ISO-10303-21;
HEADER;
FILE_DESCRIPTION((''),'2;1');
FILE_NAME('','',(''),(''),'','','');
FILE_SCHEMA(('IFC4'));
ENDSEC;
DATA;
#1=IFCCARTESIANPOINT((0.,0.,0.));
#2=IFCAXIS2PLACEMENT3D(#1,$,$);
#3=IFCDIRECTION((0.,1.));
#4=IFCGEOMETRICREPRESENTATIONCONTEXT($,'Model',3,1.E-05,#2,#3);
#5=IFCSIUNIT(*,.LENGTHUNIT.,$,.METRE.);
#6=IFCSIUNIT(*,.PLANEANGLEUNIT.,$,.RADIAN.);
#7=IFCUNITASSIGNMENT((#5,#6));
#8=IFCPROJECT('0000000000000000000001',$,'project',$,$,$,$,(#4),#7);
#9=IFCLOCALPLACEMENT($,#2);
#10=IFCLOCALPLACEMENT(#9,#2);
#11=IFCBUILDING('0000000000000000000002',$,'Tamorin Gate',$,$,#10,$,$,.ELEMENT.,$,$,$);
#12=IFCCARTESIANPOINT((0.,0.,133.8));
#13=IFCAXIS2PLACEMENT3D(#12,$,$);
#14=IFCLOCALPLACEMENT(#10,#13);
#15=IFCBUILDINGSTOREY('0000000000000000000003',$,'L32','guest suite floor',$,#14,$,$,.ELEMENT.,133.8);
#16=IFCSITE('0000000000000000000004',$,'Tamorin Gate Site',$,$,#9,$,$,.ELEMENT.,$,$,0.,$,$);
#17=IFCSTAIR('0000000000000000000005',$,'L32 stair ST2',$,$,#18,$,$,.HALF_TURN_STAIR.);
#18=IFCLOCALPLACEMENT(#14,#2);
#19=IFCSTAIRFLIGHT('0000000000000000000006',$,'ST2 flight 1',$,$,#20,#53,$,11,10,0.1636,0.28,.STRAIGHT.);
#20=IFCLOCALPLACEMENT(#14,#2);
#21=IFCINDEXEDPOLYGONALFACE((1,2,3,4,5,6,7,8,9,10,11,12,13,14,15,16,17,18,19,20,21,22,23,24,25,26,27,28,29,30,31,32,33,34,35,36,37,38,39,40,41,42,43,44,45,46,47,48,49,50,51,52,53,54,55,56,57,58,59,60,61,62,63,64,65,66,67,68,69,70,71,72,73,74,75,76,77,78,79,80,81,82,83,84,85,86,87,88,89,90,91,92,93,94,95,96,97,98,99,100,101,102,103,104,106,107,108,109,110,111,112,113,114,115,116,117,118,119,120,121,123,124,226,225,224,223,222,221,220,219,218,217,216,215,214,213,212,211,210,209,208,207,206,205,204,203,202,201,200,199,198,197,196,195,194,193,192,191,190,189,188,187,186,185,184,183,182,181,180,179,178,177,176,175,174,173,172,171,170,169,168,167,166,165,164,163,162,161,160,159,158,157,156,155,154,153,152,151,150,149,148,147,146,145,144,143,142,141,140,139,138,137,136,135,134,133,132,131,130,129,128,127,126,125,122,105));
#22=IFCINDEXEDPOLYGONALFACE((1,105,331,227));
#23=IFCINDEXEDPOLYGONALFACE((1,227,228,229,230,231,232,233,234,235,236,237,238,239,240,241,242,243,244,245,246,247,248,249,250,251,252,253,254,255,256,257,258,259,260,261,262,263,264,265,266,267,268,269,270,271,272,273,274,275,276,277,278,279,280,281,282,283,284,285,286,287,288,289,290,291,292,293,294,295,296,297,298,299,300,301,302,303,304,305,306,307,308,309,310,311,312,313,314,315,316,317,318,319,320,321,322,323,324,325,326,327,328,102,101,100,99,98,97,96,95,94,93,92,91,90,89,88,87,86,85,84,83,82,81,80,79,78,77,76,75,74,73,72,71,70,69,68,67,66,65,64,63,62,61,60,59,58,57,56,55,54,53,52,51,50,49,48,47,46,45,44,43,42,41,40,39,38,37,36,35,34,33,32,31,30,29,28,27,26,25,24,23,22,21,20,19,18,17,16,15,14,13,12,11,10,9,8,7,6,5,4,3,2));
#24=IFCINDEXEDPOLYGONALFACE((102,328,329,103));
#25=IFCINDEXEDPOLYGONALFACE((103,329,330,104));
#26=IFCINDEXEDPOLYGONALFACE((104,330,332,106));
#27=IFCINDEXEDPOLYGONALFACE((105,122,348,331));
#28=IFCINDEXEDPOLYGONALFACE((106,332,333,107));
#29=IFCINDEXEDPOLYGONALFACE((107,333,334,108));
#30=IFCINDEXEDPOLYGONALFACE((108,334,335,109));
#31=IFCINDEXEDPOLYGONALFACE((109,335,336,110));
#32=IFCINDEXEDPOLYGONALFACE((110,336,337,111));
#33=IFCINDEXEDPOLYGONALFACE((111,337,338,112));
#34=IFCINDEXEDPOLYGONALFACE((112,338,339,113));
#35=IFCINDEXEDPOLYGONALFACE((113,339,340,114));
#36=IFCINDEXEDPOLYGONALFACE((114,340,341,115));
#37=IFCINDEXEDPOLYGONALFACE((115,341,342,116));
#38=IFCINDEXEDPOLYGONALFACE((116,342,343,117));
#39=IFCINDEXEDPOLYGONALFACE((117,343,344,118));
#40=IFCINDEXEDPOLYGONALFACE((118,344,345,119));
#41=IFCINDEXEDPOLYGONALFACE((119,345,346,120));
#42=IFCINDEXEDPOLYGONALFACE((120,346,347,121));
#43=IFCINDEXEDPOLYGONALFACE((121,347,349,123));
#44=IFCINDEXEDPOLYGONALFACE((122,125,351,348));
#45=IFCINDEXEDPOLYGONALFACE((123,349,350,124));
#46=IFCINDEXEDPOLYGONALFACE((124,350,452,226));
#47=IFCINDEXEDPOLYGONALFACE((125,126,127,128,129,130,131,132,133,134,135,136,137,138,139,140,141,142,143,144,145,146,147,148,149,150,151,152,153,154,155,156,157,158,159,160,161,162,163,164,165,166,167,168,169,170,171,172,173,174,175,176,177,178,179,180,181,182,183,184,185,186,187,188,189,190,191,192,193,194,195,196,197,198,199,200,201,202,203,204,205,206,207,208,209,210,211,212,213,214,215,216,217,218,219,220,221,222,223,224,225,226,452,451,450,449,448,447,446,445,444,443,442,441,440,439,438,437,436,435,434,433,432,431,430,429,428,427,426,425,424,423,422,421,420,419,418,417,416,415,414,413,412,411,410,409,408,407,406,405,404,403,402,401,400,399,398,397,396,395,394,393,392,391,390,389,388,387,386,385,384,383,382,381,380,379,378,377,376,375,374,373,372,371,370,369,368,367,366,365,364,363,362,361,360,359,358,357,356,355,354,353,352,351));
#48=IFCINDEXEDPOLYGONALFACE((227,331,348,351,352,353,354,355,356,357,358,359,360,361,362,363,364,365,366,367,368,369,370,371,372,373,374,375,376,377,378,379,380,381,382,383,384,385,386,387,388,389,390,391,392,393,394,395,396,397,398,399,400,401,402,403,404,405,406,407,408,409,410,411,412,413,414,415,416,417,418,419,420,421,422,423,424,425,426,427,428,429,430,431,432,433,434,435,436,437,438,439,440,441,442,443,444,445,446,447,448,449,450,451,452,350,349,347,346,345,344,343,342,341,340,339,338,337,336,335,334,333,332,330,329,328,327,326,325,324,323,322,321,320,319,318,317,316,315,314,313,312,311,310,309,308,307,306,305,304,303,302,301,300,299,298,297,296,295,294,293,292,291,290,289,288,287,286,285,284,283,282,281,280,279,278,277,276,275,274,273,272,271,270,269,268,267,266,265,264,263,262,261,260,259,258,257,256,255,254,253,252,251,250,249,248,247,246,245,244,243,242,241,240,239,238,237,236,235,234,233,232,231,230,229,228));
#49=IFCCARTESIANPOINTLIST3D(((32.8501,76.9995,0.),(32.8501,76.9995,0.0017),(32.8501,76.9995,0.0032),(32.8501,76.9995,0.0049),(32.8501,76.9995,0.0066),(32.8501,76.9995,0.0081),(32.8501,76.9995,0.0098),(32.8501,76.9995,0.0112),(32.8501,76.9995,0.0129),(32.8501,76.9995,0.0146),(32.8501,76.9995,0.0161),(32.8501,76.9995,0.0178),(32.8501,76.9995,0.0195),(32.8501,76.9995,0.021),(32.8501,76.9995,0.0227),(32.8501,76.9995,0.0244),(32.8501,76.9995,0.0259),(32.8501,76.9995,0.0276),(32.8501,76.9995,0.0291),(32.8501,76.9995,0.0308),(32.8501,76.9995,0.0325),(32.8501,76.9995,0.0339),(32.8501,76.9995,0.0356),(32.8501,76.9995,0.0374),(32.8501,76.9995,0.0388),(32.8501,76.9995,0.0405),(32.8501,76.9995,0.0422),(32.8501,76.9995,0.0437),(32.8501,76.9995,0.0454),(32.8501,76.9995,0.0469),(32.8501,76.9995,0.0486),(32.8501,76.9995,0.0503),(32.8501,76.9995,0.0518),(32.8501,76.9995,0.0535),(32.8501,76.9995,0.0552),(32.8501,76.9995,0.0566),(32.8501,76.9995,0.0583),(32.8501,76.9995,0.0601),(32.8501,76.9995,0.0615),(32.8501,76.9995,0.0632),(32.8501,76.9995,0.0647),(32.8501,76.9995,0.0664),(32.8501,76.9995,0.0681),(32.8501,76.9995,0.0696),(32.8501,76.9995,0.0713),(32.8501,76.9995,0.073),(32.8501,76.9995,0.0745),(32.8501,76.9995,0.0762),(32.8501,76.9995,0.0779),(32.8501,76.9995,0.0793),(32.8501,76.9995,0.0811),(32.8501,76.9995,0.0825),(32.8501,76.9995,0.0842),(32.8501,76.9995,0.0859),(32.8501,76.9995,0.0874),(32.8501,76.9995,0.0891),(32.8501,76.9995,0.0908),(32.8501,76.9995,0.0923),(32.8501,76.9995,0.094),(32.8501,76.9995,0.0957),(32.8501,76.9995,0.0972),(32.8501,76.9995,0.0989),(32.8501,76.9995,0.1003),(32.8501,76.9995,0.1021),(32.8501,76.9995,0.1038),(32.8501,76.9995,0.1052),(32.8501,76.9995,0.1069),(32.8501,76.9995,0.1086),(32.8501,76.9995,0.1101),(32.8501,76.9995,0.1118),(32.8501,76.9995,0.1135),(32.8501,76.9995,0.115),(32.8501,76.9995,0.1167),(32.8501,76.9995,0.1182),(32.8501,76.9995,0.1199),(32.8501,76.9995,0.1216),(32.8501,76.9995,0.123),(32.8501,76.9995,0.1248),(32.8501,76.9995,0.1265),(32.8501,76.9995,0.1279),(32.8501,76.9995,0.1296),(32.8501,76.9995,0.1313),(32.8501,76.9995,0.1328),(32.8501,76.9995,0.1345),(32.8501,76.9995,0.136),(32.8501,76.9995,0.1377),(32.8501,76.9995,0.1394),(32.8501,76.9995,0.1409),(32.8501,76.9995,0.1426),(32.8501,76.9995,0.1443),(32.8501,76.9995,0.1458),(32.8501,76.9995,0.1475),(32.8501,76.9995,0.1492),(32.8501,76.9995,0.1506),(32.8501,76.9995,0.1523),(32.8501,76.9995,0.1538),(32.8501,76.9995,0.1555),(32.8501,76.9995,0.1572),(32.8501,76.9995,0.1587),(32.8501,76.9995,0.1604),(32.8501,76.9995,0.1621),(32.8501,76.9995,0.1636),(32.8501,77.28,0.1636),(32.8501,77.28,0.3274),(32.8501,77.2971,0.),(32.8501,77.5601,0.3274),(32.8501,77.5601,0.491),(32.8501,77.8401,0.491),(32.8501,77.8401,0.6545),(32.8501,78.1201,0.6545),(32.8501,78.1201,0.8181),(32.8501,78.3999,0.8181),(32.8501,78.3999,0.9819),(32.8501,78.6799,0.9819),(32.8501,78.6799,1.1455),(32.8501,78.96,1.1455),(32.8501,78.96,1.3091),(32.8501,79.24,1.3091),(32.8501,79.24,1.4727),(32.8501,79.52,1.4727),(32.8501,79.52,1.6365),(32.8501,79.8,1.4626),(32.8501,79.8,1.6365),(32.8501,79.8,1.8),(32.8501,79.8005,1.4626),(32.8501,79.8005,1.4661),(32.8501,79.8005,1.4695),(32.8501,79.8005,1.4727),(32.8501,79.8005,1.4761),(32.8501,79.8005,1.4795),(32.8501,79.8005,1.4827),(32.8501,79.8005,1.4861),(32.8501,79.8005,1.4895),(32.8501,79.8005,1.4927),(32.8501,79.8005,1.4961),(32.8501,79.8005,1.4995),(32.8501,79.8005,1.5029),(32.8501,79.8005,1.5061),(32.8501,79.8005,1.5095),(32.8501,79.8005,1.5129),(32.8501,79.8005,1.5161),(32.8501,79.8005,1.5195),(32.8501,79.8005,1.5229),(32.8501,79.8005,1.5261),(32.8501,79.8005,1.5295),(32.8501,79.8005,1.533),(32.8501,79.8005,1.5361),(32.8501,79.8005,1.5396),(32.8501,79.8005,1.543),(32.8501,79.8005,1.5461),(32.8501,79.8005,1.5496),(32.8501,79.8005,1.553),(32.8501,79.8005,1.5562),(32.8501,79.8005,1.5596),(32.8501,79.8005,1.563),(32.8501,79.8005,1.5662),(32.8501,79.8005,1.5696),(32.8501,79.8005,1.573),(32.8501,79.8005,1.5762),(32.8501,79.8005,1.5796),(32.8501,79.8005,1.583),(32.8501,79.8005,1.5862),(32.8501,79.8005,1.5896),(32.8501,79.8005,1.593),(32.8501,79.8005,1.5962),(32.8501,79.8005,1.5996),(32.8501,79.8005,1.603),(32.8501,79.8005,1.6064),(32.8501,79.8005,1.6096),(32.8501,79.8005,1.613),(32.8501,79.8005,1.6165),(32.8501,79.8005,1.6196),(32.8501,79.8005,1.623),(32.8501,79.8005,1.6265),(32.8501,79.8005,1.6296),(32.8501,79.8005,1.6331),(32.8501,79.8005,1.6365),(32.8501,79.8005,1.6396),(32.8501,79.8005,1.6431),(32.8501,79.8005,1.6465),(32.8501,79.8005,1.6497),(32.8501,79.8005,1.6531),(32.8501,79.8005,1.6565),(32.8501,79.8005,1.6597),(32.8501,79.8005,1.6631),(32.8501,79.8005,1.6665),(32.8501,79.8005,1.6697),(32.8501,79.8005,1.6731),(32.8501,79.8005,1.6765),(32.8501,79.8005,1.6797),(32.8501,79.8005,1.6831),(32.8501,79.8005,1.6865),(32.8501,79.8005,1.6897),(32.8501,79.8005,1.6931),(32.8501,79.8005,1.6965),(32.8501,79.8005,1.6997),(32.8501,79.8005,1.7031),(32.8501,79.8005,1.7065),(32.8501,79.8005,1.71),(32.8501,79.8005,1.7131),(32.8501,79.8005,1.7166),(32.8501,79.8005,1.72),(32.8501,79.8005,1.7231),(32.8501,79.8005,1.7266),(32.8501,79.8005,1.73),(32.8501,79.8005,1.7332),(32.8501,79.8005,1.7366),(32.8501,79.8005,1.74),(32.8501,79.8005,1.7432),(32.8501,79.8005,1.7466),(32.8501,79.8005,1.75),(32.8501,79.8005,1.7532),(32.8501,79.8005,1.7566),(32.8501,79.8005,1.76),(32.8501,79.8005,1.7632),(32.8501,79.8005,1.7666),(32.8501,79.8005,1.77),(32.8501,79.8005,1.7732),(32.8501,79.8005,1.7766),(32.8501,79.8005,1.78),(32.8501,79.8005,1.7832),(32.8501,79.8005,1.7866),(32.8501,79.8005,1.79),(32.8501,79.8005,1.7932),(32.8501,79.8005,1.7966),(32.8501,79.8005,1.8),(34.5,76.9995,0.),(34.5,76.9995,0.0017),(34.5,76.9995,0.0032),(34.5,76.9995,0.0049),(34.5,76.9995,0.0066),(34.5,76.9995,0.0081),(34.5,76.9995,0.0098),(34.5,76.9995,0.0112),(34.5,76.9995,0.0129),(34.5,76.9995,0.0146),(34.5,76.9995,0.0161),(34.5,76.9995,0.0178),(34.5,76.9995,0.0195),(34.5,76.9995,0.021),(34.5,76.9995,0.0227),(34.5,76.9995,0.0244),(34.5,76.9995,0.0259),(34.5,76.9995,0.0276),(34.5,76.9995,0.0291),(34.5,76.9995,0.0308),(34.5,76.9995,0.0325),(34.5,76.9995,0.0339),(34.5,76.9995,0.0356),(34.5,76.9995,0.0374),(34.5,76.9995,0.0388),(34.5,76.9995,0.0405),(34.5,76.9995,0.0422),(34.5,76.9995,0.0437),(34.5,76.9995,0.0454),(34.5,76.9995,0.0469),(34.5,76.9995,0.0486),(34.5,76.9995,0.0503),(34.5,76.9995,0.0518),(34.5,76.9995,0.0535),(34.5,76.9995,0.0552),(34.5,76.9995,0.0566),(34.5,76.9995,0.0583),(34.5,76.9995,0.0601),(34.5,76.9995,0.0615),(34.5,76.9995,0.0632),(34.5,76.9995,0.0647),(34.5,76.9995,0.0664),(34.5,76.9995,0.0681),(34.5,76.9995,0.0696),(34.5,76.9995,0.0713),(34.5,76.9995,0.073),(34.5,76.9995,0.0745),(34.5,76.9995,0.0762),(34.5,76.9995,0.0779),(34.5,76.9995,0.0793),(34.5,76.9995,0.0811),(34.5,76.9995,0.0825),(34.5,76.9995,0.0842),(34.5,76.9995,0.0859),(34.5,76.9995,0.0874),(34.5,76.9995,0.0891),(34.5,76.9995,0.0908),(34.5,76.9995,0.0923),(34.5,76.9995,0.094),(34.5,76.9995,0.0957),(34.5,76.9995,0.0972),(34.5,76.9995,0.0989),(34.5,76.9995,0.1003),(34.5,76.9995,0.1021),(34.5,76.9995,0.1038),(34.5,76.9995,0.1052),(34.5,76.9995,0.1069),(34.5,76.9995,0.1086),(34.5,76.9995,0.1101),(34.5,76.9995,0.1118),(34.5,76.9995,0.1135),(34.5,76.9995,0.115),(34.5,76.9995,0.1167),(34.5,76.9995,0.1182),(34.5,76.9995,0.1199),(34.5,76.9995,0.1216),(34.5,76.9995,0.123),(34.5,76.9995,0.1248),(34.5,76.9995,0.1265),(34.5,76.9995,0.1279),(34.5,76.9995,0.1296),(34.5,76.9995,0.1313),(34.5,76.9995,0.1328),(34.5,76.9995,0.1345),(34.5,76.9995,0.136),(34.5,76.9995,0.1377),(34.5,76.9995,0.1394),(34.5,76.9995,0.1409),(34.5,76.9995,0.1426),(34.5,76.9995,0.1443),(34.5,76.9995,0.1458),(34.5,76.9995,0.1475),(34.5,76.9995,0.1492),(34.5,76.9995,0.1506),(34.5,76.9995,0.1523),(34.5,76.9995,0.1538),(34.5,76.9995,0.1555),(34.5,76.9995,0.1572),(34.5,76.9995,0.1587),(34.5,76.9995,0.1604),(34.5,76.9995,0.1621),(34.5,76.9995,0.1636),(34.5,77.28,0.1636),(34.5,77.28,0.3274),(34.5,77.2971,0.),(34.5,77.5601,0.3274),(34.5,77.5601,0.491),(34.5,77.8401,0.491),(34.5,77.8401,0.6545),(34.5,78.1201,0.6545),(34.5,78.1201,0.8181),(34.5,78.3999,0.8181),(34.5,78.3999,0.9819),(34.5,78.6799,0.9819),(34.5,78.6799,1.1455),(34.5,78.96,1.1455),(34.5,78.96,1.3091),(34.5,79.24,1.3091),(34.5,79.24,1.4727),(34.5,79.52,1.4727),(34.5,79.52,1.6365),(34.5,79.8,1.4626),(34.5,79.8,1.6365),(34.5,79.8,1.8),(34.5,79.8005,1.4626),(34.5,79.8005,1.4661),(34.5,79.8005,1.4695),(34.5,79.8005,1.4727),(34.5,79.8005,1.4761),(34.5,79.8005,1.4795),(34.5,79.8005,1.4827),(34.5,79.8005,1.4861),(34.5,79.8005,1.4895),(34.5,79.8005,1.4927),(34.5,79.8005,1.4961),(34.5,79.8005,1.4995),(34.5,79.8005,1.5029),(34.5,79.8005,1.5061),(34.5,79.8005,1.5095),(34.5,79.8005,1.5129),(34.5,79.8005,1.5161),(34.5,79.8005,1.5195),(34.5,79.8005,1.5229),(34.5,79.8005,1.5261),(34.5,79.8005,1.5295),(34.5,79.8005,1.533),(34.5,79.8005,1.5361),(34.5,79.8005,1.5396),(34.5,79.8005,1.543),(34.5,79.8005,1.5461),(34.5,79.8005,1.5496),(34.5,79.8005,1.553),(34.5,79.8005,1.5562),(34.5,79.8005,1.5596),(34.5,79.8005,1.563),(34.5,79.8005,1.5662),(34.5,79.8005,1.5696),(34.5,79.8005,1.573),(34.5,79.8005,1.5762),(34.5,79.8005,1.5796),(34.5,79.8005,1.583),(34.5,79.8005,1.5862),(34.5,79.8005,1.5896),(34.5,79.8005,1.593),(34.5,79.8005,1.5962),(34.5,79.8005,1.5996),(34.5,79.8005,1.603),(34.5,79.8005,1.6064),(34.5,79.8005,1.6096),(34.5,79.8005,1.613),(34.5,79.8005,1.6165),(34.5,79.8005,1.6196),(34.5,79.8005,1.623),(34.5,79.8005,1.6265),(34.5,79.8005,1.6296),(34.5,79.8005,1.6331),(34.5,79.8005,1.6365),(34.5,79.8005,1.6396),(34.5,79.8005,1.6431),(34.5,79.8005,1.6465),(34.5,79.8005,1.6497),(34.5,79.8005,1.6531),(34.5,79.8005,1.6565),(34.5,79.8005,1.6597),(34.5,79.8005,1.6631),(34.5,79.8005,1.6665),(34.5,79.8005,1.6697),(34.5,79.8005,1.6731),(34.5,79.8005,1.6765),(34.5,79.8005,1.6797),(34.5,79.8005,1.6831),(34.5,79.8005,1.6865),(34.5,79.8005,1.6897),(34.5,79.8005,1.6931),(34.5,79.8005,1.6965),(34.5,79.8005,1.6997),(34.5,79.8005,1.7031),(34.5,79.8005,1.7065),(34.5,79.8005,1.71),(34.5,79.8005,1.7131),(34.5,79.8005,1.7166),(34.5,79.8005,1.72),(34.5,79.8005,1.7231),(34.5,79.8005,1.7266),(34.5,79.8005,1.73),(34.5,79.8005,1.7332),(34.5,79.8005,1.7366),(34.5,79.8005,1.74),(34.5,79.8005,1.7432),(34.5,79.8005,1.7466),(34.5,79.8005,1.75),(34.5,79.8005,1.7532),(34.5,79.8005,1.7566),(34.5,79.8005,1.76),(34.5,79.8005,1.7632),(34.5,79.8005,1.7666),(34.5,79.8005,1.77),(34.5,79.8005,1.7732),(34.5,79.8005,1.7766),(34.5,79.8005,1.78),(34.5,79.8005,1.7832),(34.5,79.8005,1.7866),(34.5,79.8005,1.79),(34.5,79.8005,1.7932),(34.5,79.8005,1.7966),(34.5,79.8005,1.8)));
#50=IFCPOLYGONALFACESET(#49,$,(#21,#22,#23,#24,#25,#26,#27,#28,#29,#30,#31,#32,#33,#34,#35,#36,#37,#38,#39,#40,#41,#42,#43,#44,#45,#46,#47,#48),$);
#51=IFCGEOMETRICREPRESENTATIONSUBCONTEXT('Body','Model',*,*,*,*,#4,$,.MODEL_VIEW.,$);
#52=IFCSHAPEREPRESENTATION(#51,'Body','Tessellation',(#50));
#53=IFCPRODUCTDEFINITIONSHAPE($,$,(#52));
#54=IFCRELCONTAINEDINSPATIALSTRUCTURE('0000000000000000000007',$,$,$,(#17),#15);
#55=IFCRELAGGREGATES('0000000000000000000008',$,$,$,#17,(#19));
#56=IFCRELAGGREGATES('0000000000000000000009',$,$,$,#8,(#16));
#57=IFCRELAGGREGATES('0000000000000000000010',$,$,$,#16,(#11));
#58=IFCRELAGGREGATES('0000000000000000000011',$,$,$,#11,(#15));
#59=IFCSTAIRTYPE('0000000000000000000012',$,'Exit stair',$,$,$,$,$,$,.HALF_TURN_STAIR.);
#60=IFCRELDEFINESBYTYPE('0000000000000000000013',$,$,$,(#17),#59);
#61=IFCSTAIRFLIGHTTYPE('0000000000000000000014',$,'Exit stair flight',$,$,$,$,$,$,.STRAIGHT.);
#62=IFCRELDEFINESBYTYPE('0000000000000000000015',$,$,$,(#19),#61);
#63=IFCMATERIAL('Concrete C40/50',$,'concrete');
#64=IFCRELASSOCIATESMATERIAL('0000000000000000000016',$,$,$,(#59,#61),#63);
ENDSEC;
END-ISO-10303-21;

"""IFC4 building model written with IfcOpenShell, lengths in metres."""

from ifc_helpers import new_model, si_unit, direction, frame, origin, place, context, subcontext, project, spatial, polyline, outline, extrude, material, type_object, element, aggregate, save


model = new_model("IFC4")

# Units and contexts
model_context = context("Model", 3, precision=1e-05, world=origin(), true_north=direction((0.0, 1.0)))
body_context = subcontext(model_context, "Body", "Model", "MODEL_VIEW")
ifc_project = project(units=[si_unit("LENGTHUNIT", "METRE"), si_unit("PLANEANGLEUNIT", "RADIAN")], contexts=[model_context])

# Site, building, storey
site_placement = place(None, origin())
site = spatial("IfcSite", under=ifc_project, at=site_placement, Name="Tamorin Gate Site", CompositionType="ELEMENT", RefElevation=0.0)
building_placement = place(site_placement, origin())
building = spatial("IfcBuilding", under=site, at=building_placement, Name="Tamorin Gate", CompositionType="ELEMENT")
storey_placement = place(building_placement, frame((0.0, 0.0, 133.8)))
storey = spatial("IfcBuildingStorey", under=building, at=storey_placement, Name="L32", Description="guest suite floor", CompositionType="ELEMENT", Elevation=133.8)

# Shared definitions
ifc_material_1 = material(Name="Concrete C40/50", Category="concrete")

# Stair, stair flight
stair_type = type_object("IfcStairType", Name="Exit stair", PredefinedType="HALF_TURN_STAIR", material=ifc_material_1)
stair_flight_type = type_object("IfcStairFlightType", Name="Exit stair flight", PredefinedType="STRAIGHT", material=ifc_material_1)
stair_1_placement = place(storey_placement, origin())
stair_1 = element("IfcStair", 1, at=stair_1_placement, inside=storey, type_object=stair_type, Name="L32 stair ST2", PredefinedType="HALF_TURN_STAIR")
stair_flight_1_placement = place(storey_placement, frame((33.675, 77.0, 0.0), z_axis=(0.0, 0.0, 1.0), x_axis=(0.0, 1.0, 0.0)))
stair_flight_1 = element("IfcStairFlight", 2, at=stair_flight_1_placement, type_object=stair_flight_type, Name="ST2 flight 1", NumberOfRisers=11, NumberOfTreads=10, PredefinedType="STRAIGHT", RiserHeight=0.1636, TreadLength=0.28, context=body_context, shape_type="SweptSolid", body=[
    extrude(outline(polyline([(-0.0005, 0.0), (-0.0005, 0.0017), (-0.0005, 0.0032), (-0.0005, 0.0049), (-0.0005, 0.0066), (-0.0005, 0.0081), (-0.0005, 0.0098), (-0.0005, 0.0112), (-0.0005, 0.0129), (-0.0005, 0.0146), (-0.0005, 0.0161), (-0.0005, 0.0178), (-0.0005, 0.0195), (-0.0005, 0.021), (-0.0005, 0.0227), (-0.0005, 0.0244), (-0.0005, 0.0259), (-0.0005, 0.0276), (-0.0005, 0.0291), (-0.0005, 0.0308), (-0.0005, 0.0325), (-0.0005, 0.0339), (-0.0005, 0.0356), (-0.0005, 0.0374), (-0.0005, 0.0388), (-0.0005, 0.0405), (-0.0005, 0.0422), (-0.0005, 0.0437), (-0.0005, 0.0454), (-0.0005, 0.0469), (-0.0005, 0.0486), (-0.0005, 0.0503), (-0.0005, 0.0518), (-0.0005, 0.0535), (-0.0005, 0.0552), (-0.0005, 0.0566), (-0.0005, 0.0583), (-0.0005, 0.0601), (-0.0005, 0.0615), (-0.0005, 0.0632), (-0.0005, 0.0647), (-0.0005, 0.0664), (-0.0005, 0.0681), (-0.0005, 0.0696), (-0.0005, 0.0713), (-0.0005, 0.073), (-0.0005, 0.0745), (-0.0005, 0.0762), (-0.0005, 0.0779), (-0.0005, 0.0793), (-0.0005, 0.0811), (-0.0005, 0.0825), (-0.0005, 0.0842), (-0.0005, 0.0859), (-0.0005, 0.0874), (-0.0005, 0.0891), (-0.0005, 0.0908), (-0.0005, 0.0923), (-0.0005, 0.094), (-0.0005, 0.0957), (-0.0005, 0.0972), (-0.0005, 0.0989), (-0.0005, 0.1003), (-0.0005, 0.1021), (-0.0005, 0.1038), (-0.0005, 0.1052), (-0.0005, 0.1069), (-0.0005, 0.1086), (-0.0005, 0.1101), (-0.0005, 0.1118), (-0.0005, 0.1135), (-0.0005, 0.115), (-0.0005, 0.1167), (-0.0005, 0.1182), (-0.0005, 0.1199), (-0.0005, 0.1216), (-0.0005, 0.123), (-0.0005, 0.1248), (-0.0005, 0.1265), (-0.0005, 0.1279), (-0.0005, 0.1296), (-0.0005, 0.1313), (-0.0005, 0.1328), (-0.0005, 0.1345), (-0.0005, 0.136), (-0.0005, 0.1377), (-0.0005, 0.1394), (-0.0005, 0.1409), (-0.0005, 0.1426), (-0.0005, 0.1443), (-0.0005, 0.1458), (-0.0005, 0.1475), (-0.0005, 0.1492), (-0.0005, 0.1506), (-0.0005, 0.1523), (-0.0005, 0.1538), (-0.0005, 0.1555), (-0.0005, 0.1572), (-0.0005, 0.1587), (-0.0005, 0.1604), (-0.0005, 0.1621), (-0.0005, 0.1636), (0.28, 0.1636), (0.28, 0.3274), (0.5601, 0.3274), (0.5601, 0.491), (0.8401, 0.491), (0.8401, 0.6545), (1.1201, 0.6545), (1.1201, 0.8181), (1.3999, 0.8181), (1.3999, 0.9819), (1.6799, 0.9819), (1.6799, 1.1455), (1.96, 1.1455), (1.96, 1.3091), (2.24, 1.3091), (2.24, 1.4727), (2.52, 1.4727), (2.52, 1.6365), (2.8, 1.6365), (2.8, 1.8), (2.8005, 1.8), (2.8005, 1.7966), (2.8005, 1.7932), (2.8005, 1.79), (2.8005, 1.7866), (2.8005, 1.7832), (2.8005, 1.78), (2.8005, 1.7766), (2.8005, 1.7732), (2.8005, 1.77), (2.8005, 1.7666), (2.8005, 1.7632), (2.8005, 1.76), (2.8005, 1.7566), (2.8005, 1.7532), (2.8005, 1.75), (2.8005, 1.7466), (2.8005, 1.7432), (2.8005, 1.74), (2.8005, 1.7366), (2.8005, 1.7332), (2.8005, 1.73), (2.8005, 1.7266), (2.8005, 1.7231), (2.8005, 1.72), (2.8005, 1.7166), (2.8005, 1.7131), (2.8005, 1.71), (2.8005, 1.7065), (2.8005, 1.7031), (2.8005, 1.6997), (2.8005, 1.6965), (2.8005, 1.6931), (2.8005, 1.6897), (2.8005, 1.6865), (2.8005, 1.6831), (2.8005, 1.6797), (2.8005, 1.6765), (2.8005, 1.6731), (2.8005, 1.6697), (2.8005, 1.6665), (2.8005, 1.6631), (2.8005, 1.6597), (2.8005, 1.6565), (2.8005, 1.6531), (2.8005, 1.6497), (2.8005, 1.6465), (2.8005, 1.6431), (2.8005, 1.6396), (2.8005, 1.6365), (2.8005, 1.6331), (2.8005, 1.6296), (2.8005, 1.6265), (2.8005, 1.623), (2.8005, 1.6196), (2.8005, 1.6165), (2.8005, 1.613), (2.8005, 1.6096), (2.8005, 1.6064), (2.8005, 1.603), (2.8005, 1.5996), (2.8005, 1.5962), (2.8005, 1.593), (2.8005, 1.5896), (2.8005, 1.5862), (2.8005, 1.583), (2.8005, 1.5796), (2.8005, 1.5762), (2.8005, 1.573), (2.8005, 1.5696), (2.8005, 1.5662), (2.8005, 1.563), (2.8005, 1.5596), (2.8005, 1.5562), (2.8005, 1.553), (2.8005, 1.5496), (2.8005, 1.5461), (2.8005, 1.543), (2.8005, 1.5396), (2.8005, 1.5361), (2.8005, 1.533), (2.8005, 1.5295), (2.8005, 1.5261), (2.8005, 1.5229), (2.8005, 1.5195), (2.8005, 1.5161), (2.8005, 1.5129), (2.8005, 1.5095), (2.8005, 1.5061), (2.8005, 1.5029), (2.8005, 1.4995), (2.8005, 1.4961), (2.8005, 1.4927), (2.8005, 1.4895), (2.8005, 1.4861), (2.8005, 1.4827), (2.8005, 1.4795), (2.8005, 1.4761), (2.8005, 1.4727), (2.8005, 1.4695), (2.8005, 1.4661), (2.8005, 1.4626), (2.8, 1.4626), (0.2971, 0.0), (-0.0005, 0.0)])), frame((0.0, 0.825, 0.0), z_axis=(0.0, -1.0, 0.0), x_axis=(1.0, 0.0, 0.0)), (0.0, 0.0, 1.0), 1.6499),
])
aggregate(stair_1, [stair_flight_1])

save(model, "model.ifc")
